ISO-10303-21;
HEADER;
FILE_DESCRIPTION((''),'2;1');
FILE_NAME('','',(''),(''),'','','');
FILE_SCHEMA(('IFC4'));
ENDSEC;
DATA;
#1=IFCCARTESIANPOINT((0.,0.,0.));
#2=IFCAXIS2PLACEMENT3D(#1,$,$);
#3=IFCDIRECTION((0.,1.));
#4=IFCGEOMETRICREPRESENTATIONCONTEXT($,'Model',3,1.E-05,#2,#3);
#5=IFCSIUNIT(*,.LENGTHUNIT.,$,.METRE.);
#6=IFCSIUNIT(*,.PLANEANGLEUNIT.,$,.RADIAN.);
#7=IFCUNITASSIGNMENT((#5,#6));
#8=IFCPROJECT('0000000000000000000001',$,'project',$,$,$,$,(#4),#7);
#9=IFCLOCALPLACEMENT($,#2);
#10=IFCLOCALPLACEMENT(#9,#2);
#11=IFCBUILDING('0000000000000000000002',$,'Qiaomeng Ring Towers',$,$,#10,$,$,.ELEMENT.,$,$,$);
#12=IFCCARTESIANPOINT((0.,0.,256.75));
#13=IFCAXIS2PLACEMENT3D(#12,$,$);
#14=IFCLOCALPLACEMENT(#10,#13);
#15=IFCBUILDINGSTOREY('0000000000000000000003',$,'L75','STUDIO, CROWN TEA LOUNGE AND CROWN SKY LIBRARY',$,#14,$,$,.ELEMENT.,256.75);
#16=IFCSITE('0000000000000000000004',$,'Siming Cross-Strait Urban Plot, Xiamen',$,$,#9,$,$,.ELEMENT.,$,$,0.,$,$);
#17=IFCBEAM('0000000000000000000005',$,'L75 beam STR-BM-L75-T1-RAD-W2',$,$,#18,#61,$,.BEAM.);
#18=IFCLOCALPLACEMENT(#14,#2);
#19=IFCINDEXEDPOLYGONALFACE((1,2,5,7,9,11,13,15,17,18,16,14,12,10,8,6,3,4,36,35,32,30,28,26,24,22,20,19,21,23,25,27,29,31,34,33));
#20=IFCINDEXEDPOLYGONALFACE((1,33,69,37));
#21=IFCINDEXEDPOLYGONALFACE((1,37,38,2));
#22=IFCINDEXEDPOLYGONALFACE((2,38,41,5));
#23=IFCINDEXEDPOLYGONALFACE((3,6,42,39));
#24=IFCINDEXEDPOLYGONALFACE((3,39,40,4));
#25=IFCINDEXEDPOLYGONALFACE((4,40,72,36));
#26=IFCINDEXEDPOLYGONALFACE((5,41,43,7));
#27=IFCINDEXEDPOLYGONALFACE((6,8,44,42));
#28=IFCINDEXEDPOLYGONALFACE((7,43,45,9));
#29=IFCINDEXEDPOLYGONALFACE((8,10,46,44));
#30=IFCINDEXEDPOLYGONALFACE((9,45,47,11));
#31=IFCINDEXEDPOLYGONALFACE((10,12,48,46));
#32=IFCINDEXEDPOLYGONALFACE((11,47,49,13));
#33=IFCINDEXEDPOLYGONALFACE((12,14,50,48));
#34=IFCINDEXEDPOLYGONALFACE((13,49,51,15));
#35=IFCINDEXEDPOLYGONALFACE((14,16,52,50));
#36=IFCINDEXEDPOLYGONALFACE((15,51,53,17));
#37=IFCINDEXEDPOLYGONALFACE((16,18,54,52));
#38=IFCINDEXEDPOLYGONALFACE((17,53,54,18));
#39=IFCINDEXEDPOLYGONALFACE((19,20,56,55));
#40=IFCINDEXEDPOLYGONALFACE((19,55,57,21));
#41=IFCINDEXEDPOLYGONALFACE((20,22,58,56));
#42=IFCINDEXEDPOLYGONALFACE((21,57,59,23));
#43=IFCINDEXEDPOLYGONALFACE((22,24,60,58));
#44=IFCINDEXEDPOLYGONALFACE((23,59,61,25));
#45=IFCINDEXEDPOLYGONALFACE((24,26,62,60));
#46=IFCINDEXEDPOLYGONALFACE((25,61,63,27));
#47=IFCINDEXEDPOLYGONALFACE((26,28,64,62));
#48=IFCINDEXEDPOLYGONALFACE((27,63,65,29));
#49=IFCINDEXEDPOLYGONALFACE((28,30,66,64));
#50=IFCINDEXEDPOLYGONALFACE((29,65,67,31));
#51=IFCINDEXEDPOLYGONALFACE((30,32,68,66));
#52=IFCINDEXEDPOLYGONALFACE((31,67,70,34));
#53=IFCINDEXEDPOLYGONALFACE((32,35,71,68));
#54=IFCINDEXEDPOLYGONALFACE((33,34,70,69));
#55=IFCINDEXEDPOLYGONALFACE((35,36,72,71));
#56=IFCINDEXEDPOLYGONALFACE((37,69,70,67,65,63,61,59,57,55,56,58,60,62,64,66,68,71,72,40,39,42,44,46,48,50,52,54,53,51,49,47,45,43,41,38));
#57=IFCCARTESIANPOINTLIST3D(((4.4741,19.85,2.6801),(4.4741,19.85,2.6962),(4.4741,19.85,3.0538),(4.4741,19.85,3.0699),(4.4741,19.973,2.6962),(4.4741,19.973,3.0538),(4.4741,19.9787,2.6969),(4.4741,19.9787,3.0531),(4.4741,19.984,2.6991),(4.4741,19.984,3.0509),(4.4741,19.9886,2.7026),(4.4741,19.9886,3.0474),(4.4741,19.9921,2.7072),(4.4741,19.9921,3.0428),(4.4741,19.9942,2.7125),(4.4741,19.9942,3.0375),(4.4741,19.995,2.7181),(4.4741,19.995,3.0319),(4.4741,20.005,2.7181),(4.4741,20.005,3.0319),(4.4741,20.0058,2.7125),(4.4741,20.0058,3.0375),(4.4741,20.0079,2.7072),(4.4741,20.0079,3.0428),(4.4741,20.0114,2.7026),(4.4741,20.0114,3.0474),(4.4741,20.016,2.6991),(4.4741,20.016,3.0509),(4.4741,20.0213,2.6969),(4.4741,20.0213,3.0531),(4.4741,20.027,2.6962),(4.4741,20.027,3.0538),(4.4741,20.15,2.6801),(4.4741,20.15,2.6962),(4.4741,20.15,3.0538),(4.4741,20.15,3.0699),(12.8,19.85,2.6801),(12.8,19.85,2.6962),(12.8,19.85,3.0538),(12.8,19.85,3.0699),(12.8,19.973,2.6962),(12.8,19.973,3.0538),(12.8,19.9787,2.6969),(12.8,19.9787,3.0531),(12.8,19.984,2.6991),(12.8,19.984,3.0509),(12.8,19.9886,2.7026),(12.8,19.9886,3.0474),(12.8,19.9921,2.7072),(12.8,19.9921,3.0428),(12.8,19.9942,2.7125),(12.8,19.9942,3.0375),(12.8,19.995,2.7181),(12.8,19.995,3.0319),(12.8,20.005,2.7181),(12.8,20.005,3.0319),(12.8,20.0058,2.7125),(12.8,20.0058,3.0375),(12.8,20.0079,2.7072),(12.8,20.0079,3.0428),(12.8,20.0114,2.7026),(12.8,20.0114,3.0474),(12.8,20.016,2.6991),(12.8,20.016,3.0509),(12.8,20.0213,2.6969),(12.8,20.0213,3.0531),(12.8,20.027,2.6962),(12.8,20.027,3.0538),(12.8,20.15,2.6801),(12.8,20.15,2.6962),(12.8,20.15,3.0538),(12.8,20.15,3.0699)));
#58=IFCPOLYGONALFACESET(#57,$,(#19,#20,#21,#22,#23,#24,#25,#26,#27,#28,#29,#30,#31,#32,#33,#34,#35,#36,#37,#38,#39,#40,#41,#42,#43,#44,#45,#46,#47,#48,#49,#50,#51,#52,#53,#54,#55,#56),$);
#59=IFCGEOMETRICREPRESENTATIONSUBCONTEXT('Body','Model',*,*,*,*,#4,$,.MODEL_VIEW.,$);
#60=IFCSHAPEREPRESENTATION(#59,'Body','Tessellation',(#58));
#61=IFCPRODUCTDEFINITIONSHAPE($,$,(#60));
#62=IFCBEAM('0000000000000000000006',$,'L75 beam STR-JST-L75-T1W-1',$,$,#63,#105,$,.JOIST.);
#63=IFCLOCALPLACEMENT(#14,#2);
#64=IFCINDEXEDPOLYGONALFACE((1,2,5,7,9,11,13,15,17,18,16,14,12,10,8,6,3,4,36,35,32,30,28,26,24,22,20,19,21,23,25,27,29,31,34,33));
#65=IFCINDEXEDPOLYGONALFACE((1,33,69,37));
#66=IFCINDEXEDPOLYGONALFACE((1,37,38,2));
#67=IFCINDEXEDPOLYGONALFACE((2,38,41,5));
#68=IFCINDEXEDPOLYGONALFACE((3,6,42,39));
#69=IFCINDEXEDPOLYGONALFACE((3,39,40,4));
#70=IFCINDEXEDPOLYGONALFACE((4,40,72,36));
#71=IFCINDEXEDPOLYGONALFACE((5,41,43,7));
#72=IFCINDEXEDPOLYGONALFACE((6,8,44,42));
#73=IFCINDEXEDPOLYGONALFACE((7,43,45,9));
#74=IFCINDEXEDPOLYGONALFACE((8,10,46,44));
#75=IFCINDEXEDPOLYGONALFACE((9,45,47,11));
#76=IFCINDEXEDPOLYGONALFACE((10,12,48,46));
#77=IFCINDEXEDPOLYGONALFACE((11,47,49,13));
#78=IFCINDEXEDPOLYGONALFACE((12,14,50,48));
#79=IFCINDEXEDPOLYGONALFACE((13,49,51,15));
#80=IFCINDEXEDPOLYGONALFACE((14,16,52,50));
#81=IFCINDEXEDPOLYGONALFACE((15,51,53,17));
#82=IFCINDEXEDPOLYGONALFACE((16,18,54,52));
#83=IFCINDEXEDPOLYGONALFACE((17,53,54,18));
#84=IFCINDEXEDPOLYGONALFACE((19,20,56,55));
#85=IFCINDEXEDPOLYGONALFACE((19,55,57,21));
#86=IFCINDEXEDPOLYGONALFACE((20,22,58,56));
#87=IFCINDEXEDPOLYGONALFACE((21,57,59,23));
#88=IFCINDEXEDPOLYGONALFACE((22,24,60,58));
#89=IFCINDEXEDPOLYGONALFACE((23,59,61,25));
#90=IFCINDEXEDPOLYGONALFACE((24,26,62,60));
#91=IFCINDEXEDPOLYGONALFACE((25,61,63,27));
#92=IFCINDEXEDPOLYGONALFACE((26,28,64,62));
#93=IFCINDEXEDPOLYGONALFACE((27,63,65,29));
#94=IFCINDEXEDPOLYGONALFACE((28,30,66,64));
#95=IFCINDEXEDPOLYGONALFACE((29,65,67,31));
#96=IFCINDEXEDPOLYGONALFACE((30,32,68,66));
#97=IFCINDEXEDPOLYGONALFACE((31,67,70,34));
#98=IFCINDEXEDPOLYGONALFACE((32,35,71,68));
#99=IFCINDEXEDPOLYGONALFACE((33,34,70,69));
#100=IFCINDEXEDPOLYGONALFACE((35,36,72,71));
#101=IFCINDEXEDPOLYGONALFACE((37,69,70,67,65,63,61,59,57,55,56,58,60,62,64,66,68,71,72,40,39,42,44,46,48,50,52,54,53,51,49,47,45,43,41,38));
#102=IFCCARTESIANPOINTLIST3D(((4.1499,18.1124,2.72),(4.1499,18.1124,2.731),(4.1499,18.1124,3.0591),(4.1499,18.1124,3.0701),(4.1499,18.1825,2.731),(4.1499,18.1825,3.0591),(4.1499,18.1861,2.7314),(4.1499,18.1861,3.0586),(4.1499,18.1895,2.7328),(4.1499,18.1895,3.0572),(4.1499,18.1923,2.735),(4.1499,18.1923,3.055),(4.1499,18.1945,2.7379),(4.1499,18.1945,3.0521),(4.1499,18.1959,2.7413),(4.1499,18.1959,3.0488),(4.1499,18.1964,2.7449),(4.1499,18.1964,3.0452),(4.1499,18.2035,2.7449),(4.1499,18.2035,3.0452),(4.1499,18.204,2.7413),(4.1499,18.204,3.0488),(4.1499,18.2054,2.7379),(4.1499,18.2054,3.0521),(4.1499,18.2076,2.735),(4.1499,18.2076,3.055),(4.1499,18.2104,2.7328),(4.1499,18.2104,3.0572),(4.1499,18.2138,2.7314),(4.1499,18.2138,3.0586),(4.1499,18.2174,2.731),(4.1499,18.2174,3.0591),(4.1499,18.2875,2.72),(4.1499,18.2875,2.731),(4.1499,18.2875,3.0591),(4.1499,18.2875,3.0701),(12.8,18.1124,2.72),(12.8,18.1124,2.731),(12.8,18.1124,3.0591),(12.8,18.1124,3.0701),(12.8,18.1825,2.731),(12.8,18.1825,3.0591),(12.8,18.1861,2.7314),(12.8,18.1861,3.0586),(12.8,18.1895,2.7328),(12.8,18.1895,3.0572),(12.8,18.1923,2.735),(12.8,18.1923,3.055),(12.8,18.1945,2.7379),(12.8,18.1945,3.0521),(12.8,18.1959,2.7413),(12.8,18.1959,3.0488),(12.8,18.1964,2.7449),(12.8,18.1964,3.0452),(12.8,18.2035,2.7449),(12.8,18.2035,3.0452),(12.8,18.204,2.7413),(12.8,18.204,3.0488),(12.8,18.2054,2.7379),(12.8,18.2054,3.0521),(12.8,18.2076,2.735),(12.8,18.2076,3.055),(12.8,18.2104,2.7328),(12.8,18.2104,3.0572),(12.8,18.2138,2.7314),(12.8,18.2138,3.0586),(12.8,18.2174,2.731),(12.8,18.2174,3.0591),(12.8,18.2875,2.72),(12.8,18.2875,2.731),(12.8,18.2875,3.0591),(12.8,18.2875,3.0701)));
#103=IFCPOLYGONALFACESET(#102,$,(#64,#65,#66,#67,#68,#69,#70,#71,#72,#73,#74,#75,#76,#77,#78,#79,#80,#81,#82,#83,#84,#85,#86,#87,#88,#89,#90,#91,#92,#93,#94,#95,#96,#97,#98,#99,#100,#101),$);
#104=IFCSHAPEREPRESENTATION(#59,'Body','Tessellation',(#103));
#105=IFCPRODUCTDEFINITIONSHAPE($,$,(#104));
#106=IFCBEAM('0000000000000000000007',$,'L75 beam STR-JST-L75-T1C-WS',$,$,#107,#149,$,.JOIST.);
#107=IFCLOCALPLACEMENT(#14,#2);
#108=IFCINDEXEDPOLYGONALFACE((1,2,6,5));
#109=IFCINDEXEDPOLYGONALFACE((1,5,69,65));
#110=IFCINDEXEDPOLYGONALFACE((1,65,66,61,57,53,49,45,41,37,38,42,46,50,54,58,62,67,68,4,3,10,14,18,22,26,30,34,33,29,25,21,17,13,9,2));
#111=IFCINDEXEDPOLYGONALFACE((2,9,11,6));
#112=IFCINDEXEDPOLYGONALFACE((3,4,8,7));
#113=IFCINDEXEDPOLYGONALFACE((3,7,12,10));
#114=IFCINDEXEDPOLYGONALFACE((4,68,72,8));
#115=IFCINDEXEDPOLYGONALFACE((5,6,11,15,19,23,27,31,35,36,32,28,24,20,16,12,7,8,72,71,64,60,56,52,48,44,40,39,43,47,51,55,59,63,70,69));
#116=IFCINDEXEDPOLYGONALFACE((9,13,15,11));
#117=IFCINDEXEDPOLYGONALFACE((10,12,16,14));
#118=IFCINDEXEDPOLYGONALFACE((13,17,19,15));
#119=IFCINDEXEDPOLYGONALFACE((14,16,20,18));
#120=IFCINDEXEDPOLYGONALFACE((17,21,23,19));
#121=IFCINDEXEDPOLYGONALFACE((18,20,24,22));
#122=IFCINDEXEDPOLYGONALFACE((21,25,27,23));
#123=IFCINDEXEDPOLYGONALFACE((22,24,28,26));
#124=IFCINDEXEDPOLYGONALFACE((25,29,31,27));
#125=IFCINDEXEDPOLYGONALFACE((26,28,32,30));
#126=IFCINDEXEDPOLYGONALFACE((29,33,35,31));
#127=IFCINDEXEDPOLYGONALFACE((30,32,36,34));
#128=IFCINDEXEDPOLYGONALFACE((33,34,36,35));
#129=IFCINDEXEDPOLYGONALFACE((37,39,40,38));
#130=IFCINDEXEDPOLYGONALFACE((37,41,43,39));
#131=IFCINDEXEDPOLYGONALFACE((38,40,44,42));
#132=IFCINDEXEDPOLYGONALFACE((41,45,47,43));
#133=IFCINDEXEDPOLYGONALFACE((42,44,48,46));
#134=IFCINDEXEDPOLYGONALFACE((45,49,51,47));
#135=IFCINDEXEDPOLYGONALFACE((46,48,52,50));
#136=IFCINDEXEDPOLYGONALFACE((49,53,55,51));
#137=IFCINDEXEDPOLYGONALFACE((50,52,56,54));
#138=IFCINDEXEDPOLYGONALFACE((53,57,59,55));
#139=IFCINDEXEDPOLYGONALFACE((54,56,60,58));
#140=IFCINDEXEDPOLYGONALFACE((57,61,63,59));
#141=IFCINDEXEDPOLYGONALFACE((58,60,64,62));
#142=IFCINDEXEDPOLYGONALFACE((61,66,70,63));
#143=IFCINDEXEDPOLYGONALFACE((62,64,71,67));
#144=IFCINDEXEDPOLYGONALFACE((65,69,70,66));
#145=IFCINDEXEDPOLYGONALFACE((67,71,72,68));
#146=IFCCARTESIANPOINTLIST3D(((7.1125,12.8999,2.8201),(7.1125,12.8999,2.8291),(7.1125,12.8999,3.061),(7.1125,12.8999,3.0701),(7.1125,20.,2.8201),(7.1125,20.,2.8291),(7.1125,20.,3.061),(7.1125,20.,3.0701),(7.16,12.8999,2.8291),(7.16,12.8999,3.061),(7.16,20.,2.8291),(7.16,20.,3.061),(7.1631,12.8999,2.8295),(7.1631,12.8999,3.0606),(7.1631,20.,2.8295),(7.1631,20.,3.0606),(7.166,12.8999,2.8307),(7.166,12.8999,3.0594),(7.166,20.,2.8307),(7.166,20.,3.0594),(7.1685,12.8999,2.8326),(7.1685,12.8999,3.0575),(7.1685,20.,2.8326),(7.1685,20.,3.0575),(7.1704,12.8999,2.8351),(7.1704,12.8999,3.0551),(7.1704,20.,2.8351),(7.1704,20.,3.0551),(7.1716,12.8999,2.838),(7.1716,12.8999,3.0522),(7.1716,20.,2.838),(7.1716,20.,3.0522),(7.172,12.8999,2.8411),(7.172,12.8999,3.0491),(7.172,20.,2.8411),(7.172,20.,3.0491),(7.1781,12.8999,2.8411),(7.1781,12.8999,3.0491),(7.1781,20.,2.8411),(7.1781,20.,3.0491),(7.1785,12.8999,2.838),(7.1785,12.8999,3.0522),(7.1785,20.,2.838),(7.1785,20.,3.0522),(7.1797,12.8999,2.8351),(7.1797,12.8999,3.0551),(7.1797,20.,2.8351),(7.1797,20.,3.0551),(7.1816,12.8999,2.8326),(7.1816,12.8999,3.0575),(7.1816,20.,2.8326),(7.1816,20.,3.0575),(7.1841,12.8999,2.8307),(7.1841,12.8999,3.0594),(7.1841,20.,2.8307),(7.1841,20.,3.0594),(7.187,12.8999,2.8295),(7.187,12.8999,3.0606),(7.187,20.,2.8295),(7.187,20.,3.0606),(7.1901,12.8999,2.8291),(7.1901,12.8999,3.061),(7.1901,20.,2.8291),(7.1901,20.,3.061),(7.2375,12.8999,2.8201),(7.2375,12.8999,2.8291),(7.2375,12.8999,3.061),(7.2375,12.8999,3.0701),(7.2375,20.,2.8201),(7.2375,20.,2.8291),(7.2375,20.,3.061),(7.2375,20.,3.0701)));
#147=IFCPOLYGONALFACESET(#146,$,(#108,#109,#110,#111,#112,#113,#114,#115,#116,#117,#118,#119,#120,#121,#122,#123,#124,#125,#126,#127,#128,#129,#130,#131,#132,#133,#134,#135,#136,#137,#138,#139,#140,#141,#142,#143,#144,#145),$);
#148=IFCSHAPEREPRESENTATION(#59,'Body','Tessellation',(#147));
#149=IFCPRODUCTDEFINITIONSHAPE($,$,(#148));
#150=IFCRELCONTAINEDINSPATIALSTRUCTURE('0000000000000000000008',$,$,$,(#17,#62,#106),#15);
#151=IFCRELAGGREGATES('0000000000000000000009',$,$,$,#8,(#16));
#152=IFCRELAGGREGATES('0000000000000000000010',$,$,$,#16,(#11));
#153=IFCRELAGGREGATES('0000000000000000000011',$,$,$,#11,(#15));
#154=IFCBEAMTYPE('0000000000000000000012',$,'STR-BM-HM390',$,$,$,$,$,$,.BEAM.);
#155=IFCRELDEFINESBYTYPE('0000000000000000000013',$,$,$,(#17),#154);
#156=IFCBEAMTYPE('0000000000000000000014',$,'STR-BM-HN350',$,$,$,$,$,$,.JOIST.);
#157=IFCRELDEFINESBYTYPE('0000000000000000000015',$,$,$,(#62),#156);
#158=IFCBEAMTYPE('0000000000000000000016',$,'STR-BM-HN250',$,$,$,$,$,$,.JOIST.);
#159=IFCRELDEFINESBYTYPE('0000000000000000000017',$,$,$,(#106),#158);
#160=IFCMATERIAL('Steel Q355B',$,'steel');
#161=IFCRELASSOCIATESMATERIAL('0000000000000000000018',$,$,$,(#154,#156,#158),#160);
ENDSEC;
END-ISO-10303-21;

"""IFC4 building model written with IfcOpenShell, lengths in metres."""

from ifc_helpers import new_model, si_unit, direction, frame, origin, origin_2d, place, context, subcontext, project, spatial, i_section, extrude, source, transform, mapped, material, material_profile, profile_set, type_object, element, save


model = new_model("IFC4")

# Units and contexts
model_context = context("Model", 3, precision=1e-05, world=origin(), true_north=direction((0.0, 1.0)))
body_context = subcontext(model_context, "Body", "Model", "MODEL_VIEW")
ifc_project = project(units=[si_unit("LENGTHUNIT", "METRE"), si_unit("PLANEANGLEUNIT", "RADIAN")], contexts=[model_context])

# Site, building, storey
site_placement = place(None, origin())
site = spatial("IfcSite", under=ifc_project, at=site_placement, Name="Siming Cross-Strait Urban Plot, Xiamen", CompositionType="ELEMENT", RefElevation=0.0)
building_placement = place(site_placement, origin())
building = spatial("IfcBuilding", under=site, at=building_placement, Name="Qiaomeng Ring Towers", CompositionType="ELEMENT")
storey_placement = place(building_placement, frame((0.0, 0.0, 256.75)))
storey = spatial("IfcBuildingStorey", under=building, at=storey_placement, Name="L75", Description="STUDIO, CROWN TEA LOUNGE AND CROWN SKY LIBRARY", CompositionType="ELEMENT", Elevation=256.75)

# Beams
ifc_material_1 = material(Name="Steel Q355B", Category="steel")
ifc_material_profile_1 = material_profile(ifc_material_1, i_section(OverallWidth=0.3, OverallDepth=0.3899, WebThickness=0.01, FlangeThickness=0.0161, FilletRadius=0.022, at=origin_2d()), Name="HM 390x300x10x16")
ifc_profile_set_1 = profile_set([ifc_material_profile_1], Name="Steel Q355B")
beam_type_1 = type_object("IfcBeamType", Name="STR-BM-HM390", PredefinedType="BEAM", material=ifc_profile_set_1)
shared_shape_1 = source(origin(), body_context, "Body", "SweptSolid", [
    extrude(i_section(OverallWidth=0.3, OverallDepth=0.3899, WebThickness=0.01, FlangeThickness=0.0161, FilletRadius=0.022, at=origin_2d()), origin(), (0.0, 0.0, 1.0), 8.3259),
])
beam_1_placement = place(storey_placement, frame((4.4741, 20.0, 2.875), z_axis=(1.0, 0.0, 0.0), x_axis=(0.0, 1.0, 0.0)))
element("IfcBeam", 1, at=beam_1_placement, inside=storey, type_object=beam_type_1, Name="L75 beam STR-BM-L75-T1-RAD-W2", PredefinedType="BEAM", context=body_context, shape_type="MappedRepresentation", body=[
    mapped(shared_shape_1, transform((0.0, 0.0, 0.0), x_axis=(1.0, 0.0, 0.0), y_axis=(0.0, 1.0, 0.0), z_axis=(0.0, 0.0, 1.0), scale=1.0)),
])
ifc_material_profile_2 = material_profile(ifc_material_1, i_section(OverallWidth=0.175, OverallDepth=0.3501, WebThickness=0.0071, FlangeThickness=0.011, FilletRadius=0.0139, at=origin_2d()), Name="HN 350x175x7x11")
ifc_profile_set_2 = profile_set([ifc_material_profile_2], Name="Steel Q355B")
beam_type_2 = type_object("IfcBeamType", Name="STR-BM-HN350", PredefinedType="JOIST", material=ifc_profile_set_2)
shared_shape_2 = source(origin(), body_context, "Body", "SweptSolid", [
    extrude(i_section(OverallWidth=0.175, OverallDepth=0.3501, WebThickness=0.0071, FlangeThickness=0.011, FilletRadius=0.0139, at=origin_2d()), origin(), (0.0, 0.0, 1.0), 8.6501),
])
beam_2_placement = place(storey_placement, frame((4.1499, 18.2, 2.895), z_axis=(1.0, 0.0, 0.0), x_axis=(0.0, 1.0, 0.0)))
element("IfcBeam", 2, at=beam_2_placement, inside=storey, type_object=beam_type_2, Name="L75 beam STR-JST-L75-T1W-1", PredefinedType="JOIST", context=body_context, shape_type="MappedRepresentation", body=[
    mapped(shared_shape_2, transform((0.0, 0.0, 0.0), x_axis=(1.0, 0.0, 0.0), y_axis=(0.0, 1.0, 0.0), z_axis=(0.0, 0.0, 1.0), scale=1.0)),
])
ifc_material_profile_3 = material_profile(ifc_material_1, i_section(OverallWidth=0.125, OverallDepth=0.25, WebThickness=0.0061, FlangeThickness=0.009, FilletRadius=0.012, at=origin_2d()), Name="HN 250x125x6x9")
ifc_profile_set_3 = profile_set([ifc_material_profile_3], Name="Steel Q355B")
beam_type_3 = type_object("IfcBeamType", Name="STR-BM-HN250", PredefinedType="JOIST", material=ifc_profile_set_3)
shared_shape_3 = source(origin(), body_context, "Body", "SweptSolid", [
    extrude(i_section(OverallWidth=0.125, OverallDepth=0.25, WebThickness=0.0061, FlangeThickness=0.009, FilletRadius=0.012, at=origin_2d()), origin(), (0.0, 0.0, 1.0), 7.1001),
])
beam_3_placement = place(storey_placement, frame((7.175, 12.8999, 2.9451), z_axis=(0.0, 1.0, 0.0), x_axis=(-1.0, 0.0, 0.0)))
element("IfcBeam", 3, at=beam_3_placement, inside=storey, type_object=beam_type_3, Name="L75 beam STR-JST-L75-T1C-WS", PredefinedType="JOIST", context=body_context, shape_type="MappedRepresentation", body=[
    mapped(shared_shape_3, transform((0.0, 0.0, 0.0), x_axis=(1.0, 0.0, 0.0), y_axis=(0.0, 1.0, 0.0), z_axis=(0.0, 0.0, 1.0), scale=1.0)),
])

save(model, "model.ifc")
